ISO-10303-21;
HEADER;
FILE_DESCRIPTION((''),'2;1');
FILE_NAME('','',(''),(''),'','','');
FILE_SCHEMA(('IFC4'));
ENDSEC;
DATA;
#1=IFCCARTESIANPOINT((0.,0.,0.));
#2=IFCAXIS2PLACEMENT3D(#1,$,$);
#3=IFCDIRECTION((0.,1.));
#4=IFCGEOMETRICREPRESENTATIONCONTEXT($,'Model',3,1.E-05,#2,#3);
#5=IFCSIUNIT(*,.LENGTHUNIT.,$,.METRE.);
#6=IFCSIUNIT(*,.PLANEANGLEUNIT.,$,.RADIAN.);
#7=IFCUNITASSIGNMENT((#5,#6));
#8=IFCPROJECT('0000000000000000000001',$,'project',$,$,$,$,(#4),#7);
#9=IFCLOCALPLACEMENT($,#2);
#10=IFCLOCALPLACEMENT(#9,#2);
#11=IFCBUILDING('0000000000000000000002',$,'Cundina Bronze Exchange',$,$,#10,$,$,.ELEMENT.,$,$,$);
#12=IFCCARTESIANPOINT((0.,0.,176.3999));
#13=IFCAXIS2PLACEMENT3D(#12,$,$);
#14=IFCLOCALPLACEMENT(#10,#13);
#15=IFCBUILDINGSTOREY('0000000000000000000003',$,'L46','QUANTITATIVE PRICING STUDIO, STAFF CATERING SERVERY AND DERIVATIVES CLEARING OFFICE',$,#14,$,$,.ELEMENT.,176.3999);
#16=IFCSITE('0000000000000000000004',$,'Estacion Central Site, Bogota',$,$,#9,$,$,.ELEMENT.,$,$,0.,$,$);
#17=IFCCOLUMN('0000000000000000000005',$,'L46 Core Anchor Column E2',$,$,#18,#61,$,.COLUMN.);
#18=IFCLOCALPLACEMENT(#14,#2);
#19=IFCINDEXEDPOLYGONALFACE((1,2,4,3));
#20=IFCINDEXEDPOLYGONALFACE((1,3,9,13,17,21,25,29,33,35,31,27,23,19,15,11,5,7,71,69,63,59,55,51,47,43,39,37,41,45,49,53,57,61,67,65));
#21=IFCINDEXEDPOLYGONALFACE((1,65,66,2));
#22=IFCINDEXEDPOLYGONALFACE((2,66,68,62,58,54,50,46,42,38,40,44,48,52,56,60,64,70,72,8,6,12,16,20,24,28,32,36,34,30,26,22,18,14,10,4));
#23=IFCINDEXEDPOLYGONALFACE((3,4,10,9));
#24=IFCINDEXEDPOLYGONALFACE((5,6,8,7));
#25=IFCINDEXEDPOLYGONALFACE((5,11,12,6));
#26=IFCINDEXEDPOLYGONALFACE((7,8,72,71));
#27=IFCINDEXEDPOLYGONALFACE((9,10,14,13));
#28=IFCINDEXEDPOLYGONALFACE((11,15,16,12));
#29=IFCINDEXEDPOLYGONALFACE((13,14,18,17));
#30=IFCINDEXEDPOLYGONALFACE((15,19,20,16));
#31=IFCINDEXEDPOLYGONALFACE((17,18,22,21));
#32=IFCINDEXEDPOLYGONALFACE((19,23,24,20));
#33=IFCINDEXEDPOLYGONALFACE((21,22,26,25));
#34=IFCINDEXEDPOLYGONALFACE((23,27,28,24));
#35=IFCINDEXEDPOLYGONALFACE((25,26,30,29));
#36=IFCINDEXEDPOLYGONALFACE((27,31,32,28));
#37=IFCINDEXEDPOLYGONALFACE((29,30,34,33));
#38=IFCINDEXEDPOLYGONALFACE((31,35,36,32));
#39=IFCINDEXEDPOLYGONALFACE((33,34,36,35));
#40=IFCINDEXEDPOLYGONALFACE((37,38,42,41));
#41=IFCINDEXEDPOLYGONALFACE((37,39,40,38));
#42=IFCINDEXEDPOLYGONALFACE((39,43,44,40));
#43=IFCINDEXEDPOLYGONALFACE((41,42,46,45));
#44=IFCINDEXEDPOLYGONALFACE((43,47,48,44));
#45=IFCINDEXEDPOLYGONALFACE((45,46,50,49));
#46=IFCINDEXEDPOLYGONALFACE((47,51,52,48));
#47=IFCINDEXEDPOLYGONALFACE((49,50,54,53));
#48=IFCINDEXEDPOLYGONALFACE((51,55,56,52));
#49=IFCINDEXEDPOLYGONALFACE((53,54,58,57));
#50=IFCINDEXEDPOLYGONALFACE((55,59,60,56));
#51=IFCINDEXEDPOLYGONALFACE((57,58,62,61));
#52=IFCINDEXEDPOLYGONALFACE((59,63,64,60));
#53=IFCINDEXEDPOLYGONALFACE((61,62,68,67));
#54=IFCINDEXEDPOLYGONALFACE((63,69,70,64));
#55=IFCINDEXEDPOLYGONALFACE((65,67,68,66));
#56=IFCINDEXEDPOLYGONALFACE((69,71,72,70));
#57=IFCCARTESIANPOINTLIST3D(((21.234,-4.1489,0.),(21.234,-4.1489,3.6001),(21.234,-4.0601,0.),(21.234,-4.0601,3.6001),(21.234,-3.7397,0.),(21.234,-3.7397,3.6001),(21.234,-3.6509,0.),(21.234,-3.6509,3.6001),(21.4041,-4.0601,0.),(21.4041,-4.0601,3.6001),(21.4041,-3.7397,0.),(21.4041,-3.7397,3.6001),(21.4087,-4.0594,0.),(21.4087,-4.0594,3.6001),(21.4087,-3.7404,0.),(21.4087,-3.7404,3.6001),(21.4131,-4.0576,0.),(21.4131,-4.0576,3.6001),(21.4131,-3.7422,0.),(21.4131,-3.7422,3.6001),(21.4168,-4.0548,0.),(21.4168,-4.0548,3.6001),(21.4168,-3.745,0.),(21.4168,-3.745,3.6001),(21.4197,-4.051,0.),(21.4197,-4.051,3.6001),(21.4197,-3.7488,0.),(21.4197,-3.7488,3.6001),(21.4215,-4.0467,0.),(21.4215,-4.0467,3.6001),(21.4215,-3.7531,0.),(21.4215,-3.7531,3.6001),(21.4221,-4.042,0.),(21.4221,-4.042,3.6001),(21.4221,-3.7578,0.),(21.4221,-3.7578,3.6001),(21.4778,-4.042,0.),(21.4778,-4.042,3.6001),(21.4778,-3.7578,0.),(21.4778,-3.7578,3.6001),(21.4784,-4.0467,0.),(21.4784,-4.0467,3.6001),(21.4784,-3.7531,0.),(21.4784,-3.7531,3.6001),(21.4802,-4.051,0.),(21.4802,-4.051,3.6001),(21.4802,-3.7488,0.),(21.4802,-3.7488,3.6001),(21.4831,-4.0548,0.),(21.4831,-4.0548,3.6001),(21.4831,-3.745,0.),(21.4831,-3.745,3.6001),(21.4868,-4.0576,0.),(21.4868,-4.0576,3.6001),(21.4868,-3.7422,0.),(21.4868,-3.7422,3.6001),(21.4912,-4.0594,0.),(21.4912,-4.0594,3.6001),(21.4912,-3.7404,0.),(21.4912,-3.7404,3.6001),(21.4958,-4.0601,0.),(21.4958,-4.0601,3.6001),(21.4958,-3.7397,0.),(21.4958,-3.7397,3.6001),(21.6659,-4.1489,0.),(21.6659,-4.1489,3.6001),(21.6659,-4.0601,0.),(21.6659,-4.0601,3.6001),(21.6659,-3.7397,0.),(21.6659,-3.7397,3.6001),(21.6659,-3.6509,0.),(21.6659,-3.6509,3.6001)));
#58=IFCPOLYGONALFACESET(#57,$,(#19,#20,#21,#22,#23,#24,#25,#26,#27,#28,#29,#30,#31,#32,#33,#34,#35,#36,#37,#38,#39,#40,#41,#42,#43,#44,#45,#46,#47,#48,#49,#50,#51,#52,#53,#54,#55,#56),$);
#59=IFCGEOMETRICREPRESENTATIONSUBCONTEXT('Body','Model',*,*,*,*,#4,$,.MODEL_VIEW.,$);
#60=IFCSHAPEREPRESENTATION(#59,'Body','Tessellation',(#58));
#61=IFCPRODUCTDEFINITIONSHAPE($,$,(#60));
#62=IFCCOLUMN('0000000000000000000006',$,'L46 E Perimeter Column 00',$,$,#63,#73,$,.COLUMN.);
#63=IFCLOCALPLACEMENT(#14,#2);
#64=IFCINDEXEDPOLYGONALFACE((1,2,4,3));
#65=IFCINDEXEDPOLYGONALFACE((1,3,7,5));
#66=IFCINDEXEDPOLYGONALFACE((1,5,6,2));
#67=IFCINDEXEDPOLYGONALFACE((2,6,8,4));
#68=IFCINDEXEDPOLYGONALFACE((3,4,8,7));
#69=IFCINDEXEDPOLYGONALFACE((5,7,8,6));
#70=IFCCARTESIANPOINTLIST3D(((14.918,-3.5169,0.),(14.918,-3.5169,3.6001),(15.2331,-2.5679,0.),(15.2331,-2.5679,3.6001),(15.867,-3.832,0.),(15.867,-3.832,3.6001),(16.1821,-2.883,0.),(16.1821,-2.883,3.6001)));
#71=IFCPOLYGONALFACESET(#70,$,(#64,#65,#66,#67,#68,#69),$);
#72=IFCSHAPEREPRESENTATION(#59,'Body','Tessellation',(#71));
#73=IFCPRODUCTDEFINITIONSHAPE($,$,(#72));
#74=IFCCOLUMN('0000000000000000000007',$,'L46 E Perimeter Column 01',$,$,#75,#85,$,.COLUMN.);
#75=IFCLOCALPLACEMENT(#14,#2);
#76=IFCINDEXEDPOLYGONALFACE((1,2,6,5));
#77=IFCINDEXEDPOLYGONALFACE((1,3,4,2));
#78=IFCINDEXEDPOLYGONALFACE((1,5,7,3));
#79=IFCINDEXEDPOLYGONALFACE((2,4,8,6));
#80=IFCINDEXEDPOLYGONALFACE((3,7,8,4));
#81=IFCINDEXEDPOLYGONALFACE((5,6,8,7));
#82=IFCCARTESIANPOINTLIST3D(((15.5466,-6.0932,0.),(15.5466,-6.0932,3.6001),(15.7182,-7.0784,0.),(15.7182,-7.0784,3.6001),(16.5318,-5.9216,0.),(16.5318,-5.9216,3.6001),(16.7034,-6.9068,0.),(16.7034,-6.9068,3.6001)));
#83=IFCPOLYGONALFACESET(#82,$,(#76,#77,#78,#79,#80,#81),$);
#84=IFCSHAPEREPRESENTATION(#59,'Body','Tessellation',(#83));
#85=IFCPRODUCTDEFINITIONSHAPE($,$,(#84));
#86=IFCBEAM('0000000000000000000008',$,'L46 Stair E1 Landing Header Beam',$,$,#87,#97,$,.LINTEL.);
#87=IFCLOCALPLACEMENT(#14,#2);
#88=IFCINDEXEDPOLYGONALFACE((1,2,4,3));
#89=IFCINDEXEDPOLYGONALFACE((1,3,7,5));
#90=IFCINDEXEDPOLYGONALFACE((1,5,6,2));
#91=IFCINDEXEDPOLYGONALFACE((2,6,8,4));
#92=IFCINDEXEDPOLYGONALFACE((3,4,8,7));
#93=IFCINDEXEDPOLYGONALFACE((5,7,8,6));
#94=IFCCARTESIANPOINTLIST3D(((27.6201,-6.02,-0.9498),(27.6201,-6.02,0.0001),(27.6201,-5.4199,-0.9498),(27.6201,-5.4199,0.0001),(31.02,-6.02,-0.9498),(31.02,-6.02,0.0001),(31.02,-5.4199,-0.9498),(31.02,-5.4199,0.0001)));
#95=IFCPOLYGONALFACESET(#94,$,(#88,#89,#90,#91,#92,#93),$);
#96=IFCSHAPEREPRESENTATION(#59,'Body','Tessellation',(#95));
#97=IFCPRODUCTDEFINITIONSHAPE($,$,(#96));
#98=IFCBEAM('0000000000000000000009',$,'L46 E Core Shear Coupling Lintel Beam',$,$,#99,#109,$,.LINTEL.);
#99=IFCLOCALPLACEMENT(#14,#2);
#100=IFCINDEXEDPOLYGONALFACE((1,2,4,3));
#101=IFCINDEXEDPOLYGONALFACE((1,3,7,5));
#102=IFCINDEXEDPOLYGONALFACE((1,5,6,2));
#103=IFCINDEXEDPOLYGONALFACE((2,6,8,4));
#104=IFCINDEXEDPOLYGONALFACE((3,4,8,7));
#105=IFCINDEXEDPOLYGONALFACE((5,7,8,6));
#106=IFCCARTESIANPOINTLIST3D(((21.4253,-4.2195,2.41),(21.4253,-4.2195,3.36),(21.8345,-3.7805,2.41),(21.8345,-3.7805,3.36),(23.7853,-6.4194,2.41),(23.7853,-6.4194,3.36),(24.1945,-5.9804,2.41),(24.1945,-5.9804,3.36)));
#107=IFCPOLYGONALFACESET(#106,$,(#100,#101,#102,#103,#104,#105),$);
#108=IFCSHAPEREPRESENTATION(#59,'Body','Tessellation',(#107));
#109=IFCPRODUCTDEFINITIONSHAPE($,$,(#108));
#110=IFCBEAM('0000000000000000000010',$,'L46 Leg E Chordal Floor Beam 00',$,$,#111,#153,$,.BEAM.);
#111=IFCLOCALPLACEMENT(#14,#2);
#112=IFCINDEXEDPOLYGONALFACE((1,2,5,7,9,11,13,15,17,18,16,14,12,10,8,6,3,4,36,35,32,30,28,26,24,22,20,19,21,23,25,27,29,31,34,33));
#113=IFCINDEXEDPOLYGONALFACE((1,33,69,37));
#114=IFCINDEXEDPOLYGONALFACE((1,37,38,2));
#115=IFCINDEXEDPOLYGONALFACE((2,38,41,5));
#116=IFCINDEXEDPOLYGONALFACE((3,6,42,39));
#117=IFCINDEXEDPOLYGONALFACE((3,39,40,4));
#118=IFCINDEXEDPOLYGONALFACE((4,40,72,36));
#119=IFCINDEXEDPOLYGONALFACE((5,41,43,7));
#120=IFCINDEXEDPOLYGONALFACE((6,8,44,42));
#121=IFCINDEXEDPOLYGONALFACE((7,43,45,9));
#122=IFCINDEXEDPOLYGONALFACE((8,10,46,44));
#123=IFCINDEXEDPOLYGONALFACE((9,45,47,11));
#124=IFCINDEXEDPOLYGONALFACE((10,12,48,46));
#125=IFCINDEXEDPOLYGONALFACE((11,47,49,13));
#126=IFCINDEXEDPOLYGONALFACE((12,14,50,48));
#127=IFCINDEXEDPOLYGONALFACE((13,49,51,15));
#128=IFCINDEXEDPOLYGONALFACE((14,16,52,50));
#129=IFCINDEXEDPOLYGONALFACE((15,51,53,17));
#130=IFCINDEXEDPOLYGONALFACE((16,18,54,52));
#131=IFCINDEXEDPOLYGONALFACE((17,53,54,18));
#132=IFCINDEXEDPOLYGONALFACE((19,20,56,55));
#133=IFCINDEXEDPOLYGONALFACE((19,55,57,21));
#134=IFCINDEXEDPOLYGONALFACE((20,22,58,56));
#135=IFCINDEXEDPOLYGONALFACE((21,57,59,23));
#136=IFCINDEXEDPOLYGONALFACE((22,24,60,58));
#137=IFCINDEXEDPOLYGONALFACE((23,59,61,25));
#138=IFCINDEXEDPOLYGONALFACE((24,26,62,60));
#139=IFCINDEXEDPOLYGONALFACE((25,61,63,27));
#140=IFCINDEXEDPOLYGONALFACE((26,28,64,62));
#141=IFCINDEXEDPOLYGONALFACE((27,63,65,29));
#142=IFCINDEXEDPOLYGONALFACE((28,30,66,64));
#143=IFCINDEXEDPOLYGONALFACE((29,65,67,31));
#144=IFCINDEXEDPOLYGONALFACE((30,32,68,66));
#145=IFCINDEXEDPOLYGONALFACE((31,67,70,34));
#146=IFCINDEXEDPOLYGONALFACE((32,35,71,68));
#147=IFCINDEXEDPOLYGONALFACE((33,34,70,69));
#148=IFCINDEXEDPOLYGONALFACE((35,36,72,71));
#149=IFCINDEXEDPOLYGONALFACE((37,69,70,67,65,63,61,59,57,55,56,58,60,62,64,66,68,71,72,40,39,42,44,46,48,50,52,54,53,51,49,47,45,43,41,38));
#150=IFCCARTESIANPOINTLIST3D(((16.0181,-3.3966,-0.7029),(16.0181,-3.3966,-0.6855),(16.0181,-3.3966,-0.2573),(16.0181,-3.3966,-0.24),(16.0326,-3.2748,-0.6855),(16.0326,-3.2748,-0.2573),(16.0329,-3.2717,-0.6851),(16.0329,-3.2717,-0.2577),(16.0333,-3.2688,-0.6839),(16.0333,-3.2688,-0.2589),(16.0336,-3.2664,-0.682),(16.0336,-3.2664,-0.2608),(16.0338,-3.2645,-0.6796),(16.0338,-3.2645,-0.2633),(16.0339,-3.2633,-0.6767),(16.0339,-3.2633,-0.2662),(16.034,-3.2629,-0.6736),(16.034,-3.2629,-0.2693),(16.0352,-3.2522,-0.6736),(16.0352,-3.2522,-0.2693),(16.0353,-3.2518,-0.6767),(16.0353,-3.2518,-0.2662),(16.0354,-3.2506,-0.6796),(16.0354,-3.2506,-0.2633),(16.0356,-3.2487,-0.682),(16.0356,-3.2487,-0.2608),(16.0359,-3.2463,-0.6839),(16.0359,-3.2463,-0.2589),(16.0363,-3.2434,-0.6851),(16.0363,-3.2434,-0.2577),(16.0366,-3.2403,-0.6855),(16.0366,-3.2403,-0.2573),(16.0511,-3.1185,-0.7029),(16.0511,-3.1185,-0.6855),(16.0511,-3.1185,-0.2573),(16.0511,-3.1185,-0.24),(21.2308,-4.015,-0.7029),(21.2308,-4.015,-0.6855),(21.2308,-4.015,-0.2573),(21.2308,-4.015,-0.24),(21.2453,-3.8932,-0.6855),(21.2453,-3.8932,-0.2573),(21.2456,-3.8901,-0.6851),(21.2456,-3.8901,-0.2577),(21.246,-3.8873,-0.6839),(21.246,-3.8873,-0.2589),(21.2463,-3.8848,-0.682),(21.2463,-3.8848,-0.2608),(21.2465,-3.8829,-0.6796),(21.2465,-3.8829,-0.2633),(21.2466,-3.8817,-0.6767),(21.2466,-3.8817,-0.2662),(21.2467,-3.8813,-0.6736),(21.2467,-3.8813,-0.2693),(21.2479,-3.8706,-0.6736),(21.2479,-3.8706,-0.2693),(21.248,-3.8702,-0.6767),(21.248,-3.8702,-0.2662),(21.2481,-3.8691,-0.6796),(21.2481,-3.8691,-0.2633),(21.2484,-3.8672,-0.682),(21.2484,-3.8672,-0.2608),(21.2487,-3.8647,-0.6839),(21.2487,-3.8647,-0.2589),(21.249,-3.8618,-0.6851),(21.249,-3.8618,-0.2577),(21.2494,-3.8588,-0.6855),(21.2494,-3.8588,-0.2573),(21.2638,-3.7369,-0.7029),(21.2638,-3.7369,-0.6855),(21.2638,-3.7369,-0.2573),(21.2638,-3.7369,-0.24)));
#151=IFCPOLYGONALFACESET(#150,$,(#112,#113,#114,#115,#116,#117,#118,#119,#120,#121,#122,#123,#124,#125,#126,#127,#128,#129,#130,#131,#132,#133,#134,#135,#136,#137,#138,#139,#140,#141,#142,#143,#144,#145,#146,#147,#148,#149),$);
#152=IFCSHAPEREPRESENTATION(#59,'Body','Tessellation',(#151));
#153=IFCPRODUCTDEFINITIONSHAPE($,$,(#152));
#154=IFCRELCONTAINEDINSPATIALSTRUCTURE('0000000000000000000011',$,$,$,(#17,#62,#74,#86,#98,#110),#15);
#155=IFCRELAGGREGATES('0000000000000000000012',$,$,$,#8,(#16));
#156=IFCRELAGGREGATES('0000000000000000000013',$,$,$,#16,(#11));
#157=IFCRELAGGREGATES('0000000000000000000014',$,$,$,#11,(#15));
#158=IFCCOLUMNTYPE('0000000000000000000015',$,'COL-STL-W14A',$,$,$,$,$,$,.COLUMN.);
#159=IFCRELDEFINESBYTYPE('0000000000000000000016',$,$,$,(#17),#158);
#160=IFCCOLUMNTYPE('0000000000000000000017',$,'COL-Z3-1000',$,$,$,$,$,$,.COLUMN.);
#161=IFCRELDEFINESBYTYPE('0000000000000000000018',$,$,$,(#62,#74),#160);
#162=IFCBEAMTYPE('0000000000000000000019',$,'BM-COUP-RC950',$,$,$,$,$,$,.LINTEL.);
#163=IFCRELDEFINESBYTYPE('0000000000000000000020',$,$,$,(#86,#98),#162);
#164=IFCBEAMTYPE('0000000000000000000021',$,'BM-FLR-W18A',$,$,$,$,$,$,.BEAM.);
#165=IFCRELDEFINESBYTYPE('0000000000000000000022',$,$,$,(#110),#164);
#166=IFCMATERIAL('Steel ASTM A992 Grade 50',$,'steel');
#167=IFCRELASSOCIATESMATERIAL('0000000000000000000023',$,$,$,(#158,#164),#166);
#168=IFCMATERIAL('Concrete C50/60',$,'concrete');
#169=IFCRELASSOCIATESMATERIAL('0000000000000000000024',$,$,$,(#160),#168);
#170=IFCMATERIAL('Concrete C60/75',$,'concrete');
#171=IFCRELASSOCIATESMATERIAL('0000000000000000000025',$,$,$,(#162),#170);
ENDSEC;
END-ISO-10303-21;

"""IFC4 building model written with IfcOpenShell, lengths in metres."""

from ifc_helpers import new_model, si_unit, direction, frame, origin, origin_2d, place, context, subcontext, project, spatial, rectangle, i_section, extrude, material, material_profile, profile_set, type_object, element, save


model = new_model("IFC4")

# Units and contexts
model_context = context("Model", 3, precision=1e-05, world=origin(), true_north=direction((0.0, 1.0)))
body_context = subcontext(model_context, "Body", "Model", "MODEL_VIEW")
ifc_project = project(units=[si_unit("LENGTHUNIT", "METRE"), si_unit("PLANEANGLEUNIT", "RADIAN")], contexts=[model_context])

# Site, building, storey
site_placement = place(None, origin())
site = spatial("IfcSite", under=ifc_project, at=site_placement, Name="Estacion Central Site, Bogota", CompositionType="ELEMENT", RefElevation=0.0)
building_placement = place(site_placement, origin())
building = spatial("IfcBuilding", under=site, at=building_placement, Name="Cundina Bronze Exchange", CompositionType="ELEMENT")
storey_placement = place(building_placement, frame((0.0, 0.0, 176.3999)))
storey = spatial("IfcBuildingStorey", under=building, at=storey_placement, Name="L46", Description="QUANTITATIVE PRICING STUDIO, STAFF CATERING SERVERY AND DERIVATIVES CLEARING OFFICE", CompositionType="ELEMENT", Elevation=176.3999)

# Columns
ifc_material_1 = material(Name="Steel ASTM A992 Grade 50", Category="steel")
ifc_material_profile_1 = material_profile(ifc_material_1, i_section(OverallWidth=0.4319, OverallDepth=0.498, WebThickness=0.0557, FlangeThickness=0.0889, FilletRadius=0.0181, at=origin_2d()), Name="W14X500", Category="steel")
ifc_profile_set_1 = profile_set([ifc_material_profile_1], Name="Steel ASTM A992 Grade 50")
column_type_1 = type_object("IfcColumnType", Name="COL-STL-W14A", PredefinedType="COLUMN", material=ifc_profile_set_1)
column_placement = place(storey_placement, frame((21.45, -3.8999, 0.0), z_axis=(0.0, 0.0, 1.0), x_axis=(1.0, 0.0, 0.0)))
element("IfcColumn", 1, at=column_placement, inside=storey, type_object=column_type_1, Name="L46 Core Anchor Column E2", PredefinedType="COLUMN", context=body_context, shape_type="SweptSolid", body=[
    extrude(i_section(OverallWidth=0.4319, OverallDepth=0.498, WebThickness=0.0557, FlangeThickness=0.0889, FilletRadius=0.0181, at=origin_2d()), origin(), (0.0, 0.0, 1.0), 3.6001),
])
ifc_material_2 = material(Name="Concrete C50/60", Category="concrete")
ifc_material_profile_2 = material_profile(ifc_material_2, rectangle(XDim=1.0, YDim=1.0, at=origin_2d()), Name="RC1000X1000", Category="concrete")
ifc_profile_set_2 = profile_set([ifc_material_profile_2], Name="Concrete C50/60")
column_type_2 = type_object("IfcColumnType", Name="COL-Z3-1000", PredefinedType="COLUMN", material=ifc_profile_set_2)
for number, where, z_axis, x_axis, name in (
    (2, (15.55, -3.2, 0.0), (0.0, 0.0, 1.0), (-0.315152, -0.949041, 0.0), "L46 E Perimeter Column 00"),
    (3, (16.125, -6.5, 0.0), (0.0, 0.0, 1.0), (0.171585, -0.985169, 0.0), "L46 E Perimeter Column 01"),
):
    element("IfcColumn", number, at=place(storey_placement, frame(where, z_axis=z_axis, x_axis=x_axis)), inside=storey, type_object=column_type_2, Name=name, PredefinedType="COLUMN", context=body_context, shape_type="SweptSolid", body=[
        extrude(rectangle(XDim=1.0, YDim=1.0, at=origin_2d()), origin(), (0.0, 0.0, 1.0), 3.6001),
    ])

# Beams
ifc_material_3 = material(Name="Concrete C60/75", Category="concrete")
ifc_material_profile_3 = material_profile(ifc_material_3, rectangle(XDim=0.6001, YDim=0.95, at=origin_2d()), Name="RC600X950", Category="concrete")
ifc_profile_set_3 = profile_set([ifc_material_profile_3], Name="Concrete C60/75")
beam_type_1 = type_object("IfcBeamType", Name="BM-COUP-RC950", PredefinedType="LINTEL", material=ifc_profile_set_3)
beam_1_placement = place(storey_placement, frame((27.6201, -5.72, -0.4749), z_axis=(1.0, 0.0, 0.0), x_axis=(0.0, 1.0, 0.0)))
element("IfcBeam", 4, at=beam_1_placement, inside=storey, type_object=beam_type_1, Name="L46 Stair E1 Landing Header Beam", PredefinedType="LINTEL", context=body_context, shape_type="SweptSolid", body=[
    extrude(rectangle(XDim=0.6001, YDim=0.95, at=origin_2d()), origin(), (0.0, 0.0, 1.0), 3.3999),
])
beam_2_placement = place(storey_placement, frame((21.6299, -4.0, 2.885), z_axis=(0.73149, -0.681852, 0.0), x_axis=(0.681852, 0.73149, 0.0)))
element("IfcBeam", 5, at=beam_2_placement, inside=storey, type_object=beam_type_1, Name="L46 E Core Shear Coupling Lintel Beam", PredefinedType="LINTEL", context=body_context, shape_type="SweptSolid", body=[
    extrude(rectangle(XDim=0.6001, YDim=0.95, at=origin_2d()), origin(), (0.0, 0.0, 1.0), 3.2263),
])
ifc_material_profile_4 = material_profile(ifc_material_1, i_section(OverallWidth=0.28, OverallDepth=0.4629, WebThickness=0.0107, FlangeThickness=0.0173, FilletRadius=0.012, at=origin_2d()), Name="W18X76", Category="steel")
ifc_profile_set_4 = profile_set([ifc_material_profile_4], Name="Steel ASTM A992 Grade 50")
beam_type_2 = type_object("IfcBeamType", Name="BM-FLR-W18A", PredefinedType="BEAM", material=ifc_profile_set_4)
beam_3_placement = place(storey_placement, frame((21.2473, -3.876, -0.4714), z_axis=(-0.993036, 0.11781, 0.0), x_axis=(-0.11781, -0.993036, 0.0)))
element("IfcBeam", 6, at=beam_3_placement, inside=storey, type_object=beam_type_2, Name="L46 Leg E Chordal Floor Beam 00", PredefinedType="BEAM", context=body_context, shape_type="SweptSolid", body=[
    extrude(i_section(OverallWidth=0.28, OverallDepth=0.4629, WebThickness=0.0107, FlangeThickness=0.0173, FilletRadius=0.012, at=origin_2d()), origin(), (0.0, 0.0, 1.0), 5.2493),
])

save(model, "model.ifc")
